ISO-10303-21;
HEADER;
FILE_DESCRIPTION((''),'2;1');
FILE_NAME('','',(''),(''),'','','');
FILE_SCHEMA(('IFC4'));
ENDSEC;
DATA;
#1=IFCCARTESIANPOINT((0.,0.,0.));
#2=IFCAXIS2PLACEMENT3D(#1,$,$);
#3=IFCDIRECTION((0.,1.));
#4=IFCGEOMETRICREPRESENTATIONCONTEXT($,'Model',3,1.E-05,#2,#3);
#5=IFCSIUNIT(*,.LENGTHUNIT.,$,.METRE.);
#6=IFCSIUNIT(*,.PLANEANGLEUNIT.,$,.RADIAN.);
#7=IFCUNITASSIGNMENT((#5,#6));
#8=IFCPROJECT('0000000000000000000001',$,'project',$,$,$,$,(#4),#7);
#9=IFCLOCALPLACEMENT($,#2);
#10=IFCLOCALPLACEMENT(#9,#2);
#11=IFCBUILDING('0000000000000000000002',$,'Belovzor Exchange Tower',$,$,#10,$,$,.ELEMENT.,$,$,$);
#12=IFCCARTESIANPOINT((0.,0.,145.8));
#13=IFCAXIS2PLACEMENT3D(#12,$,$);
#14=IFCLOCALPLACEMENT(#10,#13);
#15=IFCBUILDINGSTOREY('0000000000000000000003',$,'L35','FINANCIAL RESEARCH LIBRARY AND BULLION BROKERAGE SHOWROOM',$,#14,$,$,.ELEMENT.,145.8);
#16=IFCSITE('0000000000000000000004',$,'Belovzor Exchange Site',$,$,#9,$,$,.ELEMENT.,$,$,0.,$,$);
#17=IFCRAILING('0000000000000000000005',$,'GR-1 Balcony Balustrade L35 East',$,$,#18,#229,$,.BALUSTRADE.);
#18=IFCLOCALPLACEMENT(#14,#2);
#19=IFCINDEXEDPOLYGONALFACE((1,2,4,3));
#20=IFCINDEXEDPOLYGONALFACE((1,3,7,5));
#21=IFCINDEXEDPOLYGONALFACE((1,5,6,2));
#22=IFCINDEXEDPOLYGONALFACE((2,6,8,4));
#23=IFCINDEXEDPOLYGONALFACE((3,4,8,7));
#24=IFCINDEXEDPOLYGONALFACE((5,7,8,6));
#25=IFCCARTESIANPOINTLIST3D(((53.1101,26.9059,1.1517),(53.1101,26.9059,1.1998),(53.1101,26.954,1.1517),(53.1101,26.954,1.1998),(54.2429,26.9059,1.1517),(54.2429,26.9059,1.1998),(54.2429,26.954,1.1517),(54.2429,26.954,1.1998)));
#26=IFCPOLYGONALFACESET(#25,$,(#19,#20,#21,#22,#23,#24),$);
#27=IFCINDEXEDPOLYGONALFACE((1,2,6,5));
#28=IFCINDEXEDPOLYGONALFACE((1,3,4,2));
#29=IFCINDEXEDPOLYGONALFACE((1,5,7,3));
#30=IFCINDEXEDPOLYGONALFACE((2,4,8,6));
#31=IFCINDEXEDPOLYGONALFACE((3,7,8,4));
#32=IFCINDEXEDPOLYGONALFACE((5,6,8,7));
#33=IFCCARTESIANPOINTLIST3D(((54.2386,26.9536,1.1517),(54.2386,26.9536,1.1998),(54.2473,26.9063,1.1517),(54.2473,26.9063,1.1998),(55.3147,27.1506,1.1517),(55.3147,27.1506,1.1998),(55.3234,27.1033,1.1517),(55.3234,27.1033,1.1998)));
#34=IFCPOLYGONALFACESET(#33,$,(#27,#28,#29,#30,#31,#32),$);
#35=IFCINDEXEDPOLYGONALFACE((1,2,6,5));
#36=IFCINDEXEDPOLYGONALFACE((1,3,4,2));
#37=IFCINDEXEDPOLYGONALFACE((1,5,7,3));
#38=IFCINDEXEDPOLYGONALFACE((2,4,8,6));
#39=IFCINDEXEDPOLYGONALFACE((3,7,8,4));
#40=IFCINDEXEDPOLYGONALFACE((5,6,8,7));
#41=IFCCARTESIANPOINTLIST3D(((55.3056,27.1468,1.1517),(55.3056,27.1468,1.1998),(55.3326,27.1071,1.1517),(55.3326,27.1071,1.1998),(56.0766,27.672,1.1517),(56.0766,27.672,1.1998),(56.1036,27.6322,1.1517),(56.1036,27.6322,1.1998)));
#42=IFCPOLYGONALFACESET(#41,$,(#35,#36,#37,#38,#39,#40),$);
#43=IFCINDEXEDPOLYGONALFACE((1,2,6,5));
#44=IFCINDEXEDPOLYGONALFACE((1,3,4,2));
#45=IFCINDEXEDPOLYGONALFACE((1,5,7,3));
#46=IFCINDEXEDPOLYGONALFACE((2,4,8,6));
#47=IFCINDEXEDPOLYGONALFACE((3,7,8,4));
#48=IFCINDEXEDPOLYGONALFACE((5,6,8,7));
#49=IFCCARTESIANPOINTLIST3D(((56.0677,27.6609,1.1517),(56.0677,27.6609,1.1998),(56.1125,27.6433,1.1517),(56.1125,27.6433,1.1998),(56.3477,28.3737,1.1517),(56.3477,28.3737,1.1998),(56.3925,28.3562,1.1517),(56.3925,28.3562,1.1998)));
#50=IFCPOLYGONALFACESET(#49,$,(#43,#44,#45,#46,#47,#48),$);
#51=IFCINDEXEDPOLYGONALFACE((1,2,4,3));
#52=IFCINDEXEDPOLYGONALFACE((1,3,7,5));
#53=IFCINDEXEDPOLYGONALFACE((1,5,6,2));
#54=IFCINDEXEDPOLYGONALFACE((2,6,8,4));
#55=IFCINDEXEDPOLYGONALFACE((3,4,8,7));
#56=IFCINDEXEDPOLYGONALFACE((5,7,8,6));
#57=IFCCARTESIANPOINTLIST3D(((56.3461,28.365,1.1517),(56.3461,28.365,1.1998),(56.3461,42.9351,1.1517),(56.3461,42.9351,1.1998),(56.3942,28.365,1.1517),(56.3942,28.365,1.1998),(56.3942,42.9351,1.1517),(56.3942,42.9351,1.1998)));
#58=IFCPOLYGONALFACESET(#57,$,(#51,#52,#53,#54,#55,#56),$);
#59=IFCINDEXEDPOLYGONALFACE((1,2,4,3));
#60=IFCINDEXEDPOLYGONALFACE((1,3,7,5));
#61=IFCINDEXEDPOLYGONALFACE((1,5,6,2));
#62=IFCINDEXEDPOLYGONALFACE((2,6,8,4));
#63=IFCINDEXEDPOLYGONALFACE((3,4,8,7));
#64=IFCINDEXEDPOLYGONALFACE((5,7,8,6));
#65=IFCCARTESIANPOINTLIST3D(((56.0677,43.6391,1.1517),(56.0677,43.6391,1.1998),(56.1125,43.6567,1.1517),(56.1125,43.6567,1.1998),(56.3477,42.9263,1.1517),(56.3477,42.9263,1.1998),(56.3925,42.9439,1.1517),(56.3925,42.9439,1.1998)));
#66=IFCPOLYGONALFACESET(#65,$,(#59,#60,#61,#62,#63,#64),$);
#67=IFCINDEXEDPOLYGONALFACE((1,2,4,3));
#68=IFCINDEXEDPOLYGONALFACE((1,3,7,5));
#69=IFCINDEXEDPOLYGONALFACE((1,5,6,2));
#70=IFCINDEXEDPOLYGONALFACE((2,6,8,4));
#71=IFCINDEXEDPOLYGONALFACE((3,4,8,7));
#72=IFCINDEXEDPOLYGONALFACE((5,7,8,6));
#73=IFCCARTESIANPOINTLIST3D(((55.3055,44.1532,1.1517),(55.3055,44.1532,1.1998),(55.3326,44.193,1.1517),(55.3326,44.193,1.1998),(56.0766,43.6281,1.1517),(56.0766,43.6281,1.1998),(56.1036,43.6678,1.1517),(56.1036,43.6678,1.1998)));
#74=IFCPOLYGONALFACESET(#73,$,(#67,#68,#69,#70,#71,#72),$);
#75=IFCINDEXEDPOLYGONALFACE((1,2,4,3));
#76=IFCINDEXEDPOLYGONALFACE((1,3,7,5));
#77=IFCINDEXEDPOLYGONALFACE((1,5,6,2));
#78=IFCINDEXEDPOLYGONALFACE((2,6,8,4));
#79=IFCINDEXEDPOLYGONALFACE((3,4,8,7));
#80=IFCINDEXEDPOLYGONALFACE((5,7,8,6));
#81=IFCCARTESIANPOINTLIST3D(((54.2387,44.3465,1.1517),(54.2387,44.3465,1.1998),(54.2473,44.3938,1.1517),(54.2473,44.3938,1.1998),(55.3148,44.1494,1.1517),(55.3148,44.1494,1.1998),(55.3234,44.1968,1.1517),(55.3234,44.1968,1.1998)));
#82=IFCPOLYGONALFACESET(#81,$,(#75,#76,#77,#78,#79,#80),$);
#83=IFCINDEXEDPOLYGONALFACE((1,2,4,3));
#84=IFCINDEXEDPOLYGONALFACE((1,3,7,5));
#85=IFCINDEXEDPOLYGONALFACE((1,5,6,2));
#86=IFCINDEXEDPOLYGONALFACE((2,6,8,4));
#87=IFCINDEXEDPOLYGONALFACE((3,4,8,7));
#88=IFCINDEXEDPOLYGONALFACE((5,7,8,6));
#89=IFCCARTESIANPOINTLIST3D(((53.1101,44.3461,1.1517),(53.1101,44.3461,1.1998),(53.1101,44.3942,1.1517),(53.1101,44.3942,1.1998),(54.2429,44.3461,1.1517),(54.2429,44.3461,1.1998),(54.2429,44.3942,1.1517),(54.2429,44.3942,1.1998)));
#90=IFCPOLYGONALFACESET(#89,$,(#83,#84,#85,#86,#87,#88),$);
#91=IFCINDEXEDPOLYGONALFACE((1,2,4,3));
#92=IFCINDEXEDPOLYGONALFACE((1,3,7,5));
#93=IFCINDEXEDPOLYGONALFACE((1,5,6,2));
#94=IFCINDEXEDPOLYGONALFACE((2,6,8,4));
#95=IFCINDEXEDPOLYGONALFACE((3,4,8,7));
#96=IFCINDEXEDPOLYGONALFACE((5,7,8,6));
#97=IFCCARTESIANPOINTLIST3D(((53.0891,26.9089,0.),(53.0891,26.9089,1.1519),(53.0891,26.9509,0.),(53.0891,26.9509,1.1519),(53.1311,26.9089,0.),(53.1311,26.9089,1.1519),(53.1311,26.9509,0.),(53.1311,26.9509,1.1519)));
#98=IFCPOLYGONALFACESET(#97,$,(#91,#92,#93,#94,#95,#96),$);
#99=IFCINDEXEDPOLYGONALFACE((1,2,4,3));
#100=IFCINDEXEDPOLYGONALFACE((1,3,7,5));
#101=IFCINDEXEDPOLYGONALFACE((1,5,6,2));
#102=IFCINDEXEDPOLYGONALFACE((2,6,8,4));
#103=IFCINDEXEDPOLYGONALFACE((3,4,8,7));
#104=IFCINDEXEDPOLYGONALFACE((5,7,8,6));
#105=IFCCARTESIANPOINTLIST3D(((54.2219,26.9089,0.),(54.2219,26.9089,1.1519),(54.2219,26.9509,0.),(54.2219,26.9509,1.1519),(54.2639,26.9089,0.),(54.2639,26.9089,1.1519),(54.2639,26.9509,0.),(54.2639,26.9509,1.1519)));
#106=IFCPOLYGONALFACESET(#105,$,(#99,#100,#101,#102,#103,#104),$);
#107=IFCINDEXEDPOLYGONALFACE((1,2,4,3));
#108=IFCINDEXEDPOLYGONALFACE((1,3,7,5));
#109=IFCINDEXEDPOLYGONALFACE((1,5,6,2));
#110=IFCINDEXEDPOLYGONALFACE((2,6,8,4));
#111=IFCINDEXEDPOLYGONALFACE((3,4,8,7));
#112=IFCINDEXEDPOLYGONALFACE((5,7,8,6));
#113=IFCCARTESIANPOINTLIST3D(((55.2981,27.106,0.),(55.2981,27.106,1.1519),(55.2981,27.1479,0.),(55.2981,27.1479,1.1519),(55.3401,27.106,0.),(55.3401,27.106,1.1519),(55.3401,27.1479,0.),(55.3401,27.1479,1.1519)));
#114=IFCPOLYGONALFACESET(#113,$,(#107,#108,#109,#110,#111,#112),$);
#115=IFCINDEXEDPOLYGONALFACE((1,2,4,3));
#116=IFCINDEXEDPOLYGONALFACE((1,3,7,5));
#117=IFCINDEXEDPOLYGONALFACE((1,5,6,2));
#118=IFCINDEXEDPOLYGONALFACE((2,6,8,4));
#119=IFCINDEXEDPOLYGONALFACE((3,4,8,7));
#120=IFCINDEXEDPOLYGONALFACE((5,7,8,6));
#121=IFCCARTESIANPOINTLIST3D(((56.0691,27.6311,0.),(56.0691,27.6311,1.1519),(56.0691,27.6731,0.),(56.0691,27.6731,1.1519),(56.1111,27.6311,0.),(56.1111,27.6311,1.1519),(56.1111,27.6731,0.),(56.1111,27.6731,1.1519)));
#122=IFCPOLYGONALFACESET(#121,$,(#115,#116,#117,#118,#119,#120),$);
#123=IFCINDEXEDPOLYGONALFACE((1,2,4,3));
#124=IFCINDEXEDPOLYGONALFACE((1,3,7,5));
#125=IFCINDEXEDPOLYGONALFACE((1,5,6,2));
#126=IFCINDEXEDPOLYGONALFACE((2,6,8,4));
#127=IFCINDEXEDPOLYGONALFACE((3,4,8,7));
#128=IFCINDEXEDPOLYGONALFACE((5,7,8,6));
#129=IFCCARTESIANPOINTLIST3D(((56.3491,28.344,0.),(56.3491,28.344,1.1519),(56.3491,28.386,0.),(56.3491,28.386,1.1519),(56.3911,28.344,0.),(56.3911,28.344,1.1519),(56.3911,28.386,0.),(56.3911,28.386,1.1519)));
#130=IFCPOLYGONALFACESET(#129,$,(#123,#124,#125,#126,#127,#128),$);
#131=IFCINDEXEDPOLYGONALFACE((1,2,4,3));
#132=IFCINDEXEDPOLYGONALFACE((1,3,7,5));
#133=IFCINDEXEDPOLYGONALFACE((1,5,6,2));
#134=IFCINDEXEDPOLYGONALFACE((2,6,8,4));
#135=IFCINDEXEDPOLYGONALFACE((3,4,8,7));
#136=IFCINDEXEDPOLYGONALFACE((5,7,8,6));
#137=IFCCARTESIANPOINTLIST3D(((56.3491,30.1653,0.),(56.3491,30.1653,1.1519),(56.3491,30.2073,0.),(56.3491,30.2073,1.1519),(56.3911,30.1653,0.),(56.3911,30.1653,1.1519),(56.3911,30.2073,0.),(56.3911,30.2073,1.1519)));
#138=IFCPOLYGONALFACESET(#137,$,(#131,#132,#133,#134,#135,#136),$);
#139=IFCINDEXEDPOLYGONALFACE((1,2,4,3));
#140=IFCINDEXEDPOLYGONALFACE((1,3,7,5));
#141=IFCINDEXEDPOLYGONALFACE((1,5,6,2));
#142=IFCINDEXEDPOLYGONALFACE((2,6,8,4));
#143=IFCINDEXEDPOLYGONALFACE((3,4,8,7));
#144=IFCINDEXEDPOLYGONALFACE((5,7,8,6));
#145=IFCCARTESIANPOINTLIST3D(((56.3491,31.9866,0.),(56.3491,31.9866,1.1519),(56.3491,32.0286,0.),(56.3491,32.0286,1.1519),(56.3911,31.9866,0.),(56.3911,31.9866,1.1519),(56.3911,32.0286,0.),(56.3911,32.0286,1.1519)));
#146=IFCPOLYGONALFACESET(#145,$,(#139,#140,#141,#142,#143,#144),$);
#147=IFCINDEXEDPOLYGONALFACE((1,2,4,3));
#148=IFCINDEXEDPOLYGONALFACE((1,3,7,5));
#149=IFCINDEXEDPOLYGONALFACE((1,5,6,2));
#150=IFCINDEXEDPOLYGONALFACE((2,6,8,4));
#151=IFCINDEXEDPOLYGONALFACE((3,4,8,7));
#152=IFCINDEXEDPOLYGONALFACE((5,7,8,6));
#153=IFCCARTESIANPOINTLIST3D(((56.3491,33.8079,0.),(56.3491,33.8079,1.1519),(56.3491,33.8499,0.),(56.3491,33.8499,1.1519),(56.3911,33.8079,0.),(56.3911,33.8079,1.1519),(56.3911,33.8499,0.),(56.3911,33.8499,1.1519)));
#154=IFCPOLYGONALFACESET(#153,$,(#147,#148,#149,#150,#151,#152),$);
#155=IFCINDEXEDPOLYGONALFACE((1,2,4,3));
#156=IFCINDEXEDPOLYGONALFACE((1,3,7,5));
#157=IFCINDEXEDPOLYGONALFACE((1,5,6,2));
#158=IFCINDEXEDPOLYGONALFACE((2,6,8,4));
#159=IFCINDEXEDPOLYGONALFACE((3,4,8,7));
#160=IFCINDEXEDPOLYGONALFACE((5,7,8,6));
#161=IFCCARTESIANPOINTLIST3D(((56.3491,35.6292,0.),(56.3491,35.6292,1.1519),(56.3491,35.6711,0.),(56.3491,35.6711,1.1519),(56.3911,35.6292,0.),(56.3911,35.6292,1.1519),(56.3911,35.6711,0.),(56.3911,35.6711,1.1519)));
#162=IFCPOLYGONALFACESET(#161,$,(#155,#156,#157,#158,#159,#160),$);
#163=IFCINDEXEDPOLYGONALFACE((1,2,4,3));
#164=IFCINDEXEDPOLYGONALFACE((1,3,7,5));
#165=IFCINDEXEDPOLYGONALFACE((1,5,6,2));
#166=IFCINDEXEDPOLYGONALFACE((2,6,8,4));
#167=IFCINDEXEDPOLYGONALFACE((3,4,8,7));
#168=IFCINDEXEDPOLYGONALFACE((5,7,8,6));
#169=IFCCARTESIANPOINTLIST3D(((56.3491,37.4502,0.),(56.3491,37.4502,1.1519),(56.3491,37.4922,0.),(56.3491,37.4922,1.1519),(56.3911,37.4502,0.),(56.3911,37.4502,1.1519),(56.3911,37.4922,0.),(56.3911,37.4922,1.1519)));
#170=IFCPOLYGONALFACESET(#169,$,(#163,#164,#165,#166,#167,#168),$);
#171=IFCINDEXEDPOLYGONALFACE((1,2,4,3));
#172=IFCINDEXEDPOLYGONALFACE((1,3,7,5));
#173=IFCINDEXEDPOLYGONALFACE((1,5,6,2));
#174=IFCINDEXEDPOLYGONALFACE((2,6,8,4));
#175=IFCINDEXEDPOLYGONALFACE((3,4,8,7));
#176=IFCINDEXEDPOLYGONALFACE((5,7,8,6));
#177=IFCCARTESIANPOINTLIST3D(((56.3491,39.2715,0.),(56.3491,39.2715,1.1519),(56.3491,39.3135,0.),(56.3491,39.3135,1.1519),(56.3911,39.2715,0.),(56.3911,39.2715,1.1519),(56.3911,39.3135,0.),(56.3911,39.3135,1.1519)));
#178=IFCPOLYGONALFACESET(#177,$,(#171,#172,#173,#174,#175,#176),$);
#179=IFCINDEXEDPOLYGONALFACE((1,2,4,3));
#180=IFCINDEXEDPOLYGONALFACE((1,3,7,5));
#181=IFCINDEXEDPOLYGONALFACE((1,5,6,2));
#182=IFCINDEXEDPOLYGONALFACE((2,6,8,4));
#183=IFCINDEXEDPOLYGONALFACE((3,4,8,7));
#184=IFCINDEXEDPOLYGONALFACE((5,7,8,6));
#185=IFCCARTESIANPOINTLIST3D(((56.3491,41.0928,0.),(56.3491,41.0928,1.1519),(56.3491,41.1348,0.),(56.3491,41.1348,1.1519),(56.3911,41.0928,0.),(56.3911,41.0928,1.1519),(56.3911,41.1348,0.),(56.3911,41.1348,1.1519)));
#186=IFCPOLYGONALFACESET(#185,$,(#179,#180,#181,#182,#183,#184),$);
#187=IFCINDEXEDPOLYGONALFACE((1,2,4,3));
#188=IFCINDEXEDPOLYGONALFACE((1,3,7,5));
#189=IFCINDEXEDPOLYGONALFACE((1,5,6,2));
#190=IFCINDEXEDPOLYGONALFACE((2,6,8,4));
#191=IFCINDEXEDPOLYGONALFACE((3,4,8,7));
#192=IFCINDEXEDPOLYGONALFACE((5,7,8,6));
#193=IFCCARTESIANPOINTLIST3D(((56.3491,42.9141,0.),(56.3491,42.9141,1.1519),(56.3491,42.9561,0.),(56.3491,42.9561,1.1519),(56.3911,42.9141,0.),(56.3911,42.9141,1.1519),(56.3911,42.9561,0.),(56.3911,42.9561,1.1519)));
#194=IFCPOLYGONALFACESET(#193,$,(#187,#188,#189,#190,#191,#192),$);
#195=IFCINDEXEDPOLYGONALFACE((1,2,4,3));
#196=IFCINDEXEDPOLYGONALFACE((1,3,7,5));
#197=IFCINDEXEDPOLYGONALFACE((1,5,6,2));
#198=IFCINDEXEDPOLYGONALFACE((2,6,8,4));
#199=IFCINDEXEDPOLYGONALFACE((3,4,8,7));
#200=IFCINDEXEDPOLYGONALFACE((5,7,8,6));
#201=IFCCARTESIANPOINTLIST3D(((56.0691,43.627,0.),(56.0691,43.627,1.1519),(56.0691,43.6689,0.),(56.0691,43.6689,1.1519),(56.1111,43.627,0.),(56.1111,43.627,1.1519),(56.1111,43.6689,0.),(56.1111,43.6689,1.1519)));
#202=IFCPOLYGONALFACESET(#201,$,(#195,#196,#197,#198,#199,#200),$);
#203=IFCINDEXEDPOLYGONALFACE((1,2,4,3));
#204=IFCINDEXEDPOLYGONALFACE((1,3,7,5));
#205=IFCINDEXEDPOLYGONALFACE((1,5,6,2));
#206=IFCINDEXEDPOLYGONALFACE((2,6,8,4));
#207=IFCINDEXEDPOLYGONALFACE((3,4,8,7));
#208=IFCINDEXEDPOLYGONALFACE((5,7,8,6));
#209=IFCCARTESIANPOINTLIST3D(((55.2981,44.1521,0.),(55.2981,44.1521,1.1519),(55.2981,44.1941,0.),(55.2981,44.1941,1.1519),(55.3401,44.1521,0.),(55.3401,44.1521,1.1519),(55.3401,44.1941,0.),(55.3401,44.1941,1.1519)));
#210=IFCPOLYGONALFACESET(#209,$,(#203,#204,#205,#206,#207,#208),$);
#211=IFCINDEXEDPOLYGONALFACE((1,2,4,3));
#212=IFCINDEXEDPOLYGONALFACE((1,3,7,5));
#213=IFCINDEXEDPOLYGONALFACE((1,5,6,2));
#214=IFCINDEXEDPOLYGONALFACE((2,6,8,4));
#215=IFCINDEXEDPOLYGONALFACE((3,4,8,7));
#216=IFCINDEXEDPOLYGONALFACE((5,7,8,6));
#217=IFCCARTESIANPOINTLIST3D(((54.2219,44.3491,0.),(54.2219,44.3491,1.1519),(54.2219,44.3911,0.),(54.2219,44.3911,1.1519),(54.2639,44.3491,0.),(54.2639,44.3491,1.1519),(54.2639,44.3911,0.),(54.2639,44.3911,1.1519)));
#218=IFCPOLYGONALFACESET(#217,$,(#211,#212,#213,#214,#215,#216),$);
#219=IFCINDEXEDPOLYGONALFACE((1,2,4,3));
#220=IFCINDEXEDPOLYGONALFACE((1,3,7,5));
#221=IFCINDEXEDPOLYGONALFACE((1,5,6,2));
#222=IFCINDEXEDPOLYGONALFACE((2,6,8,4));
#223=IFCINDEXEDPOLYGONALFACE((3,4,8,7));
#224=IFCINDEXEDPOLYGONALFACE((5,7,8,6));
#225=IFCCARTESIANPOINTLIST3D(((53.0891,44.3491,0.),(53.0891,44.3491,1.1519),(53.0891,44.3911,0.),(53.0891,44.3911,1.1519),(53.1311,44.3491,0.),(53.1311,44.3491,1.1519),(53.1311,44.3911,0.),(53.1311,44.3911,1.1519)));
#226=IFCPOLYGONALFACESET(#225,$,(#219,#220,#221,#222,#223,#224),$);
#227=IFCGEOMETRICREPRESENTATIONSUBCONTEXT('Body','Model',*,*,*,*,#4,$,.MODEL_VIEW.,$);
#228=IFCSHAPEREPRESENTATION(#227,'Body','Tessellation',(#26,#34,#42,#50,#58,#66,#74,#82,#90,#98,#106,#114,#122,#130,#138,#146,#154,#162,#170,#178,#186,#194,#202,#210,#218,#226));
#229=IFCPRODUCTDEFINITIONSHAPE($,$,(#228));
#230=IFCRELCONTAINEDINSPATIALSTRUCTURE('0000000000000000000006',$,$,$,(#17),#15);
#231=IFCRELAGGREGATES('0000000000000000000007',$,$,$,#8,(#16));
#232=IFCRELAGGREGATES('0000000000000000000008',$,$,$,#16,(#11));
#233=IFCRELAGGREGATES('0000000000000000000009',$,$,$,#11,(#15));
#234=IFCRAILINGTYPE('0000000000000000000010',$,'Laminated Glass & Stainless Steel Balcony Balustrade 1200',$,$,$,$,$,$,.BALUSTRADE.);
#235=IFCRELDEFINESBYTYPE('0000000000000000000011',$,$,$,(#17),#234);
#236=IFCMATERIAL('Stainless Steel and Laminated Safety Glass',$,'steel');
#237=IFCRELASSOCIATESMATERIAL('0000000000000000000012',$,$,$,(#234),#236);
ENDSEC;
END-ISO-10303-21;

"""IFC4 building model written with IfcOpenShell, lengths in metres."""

from ifc_helpers import new_model, si_unit, direction, frame, origin, origin_2d, place, context, subcontext, project, spatial, rectangle, extrude, material, type_object, element, save


model = new_model("IFC4")

# Units and contexts
model_context = context("Model", 3, precision=1e-05, world=origin(), true_north=direction((0.0, 1.0)))
body_context = subcontext(model_context, "Body", "Model", "MODEL_VIEW")
ifc_project = project(units=[si_unit("LENGTHUNIT", "METRE"), si_unit("PLANEANGLEUNIT", "RADIAN")], contexts=[model_context])

# Site, building, storey
site_placement = place(None, origin())
site = spatial("IfcSite", under=ifc_project, at=site_placement, Name="Belovzor Exchange Site", CompositionType="ELEMENT", RefElevation=0.0)
building_placement = place(site_placement, origin())
building = spatial("IfcBuilding", under=site, at=building_placement, Name="Belovzor Exchange Tower", CompositionType="ELEMENT")
storey_placement = place(building_placement, frame((0.0, 0.0, 145.8)))
storey = spatial("IfcBuildingStorey", under=building, at=storey_placement, Name="L35", Description="FINANCIAL RESEARCH LIBRARY AND BULLION BROKERAGE SHOWROOM", CompositionType="ELEMENT", Elevation=145.8)

# Railing
ifc_material_1 = material(Name="Stainless Steel and Laminated Safety Glass", Category="steel")
railing_type = type_object("IfcRailingType", Name="Laminated Glass & Stainless Steel Balcony Balustrade 1200", PredefinedType="BALUSTRADE", material=ifc_material_1)
railing_placement = place(storey_placement, frame((53.1101, 26.9299, 0.0)))
element("IfcRailing", 1, at=railing_placement, inside=storey, type_object=railing_type, Name="GR-1 Balcony Balustrade L35 East", PredefinedType="BALUSTRADE", context=body_context, shape_type="SweptSolid", body=[
    extrude(rectangle(XDim=0.0481, YDim=0.0481, at=origin_2d()), frame((0.0, 0.0, 1.1758), z_axis=(1.0, 0.0, 0.0), x_axis=(0.0, 1.0, 0.0)), (0.0, 0.0, 1.0), 1.1328),
    extrude(rectangle(XDim=0.0481, YDim=0.0481, at=origin_2d()), frame((1.1328, 0.0, 1.1758), z_axis=(0.983651, 0.180083, 0.0), x_axis=(-0.180083, 0.983651, 0.0)), (0.0, 0.0, 1.0), 1.094),
    extrude(rectangle(XDim=0.0481, YDim=0.0481, at=origin_2d()), frame((2.209, 0.197, 1.1758), z_axis=(0.826493, 0.562947, 0.0), x_axis=(-0.562947, 0.826493, 0.0)), (0.0, 0.0, 1.0), 0.9329),
    extrude(rectangle(XDim=0.0481, YDim=0.0481, at=origin_2d()), frame((2.98, 0.7222, 1.1758), z_axis=(0.365613, 0.930767, 0.0), x_axis=(-0.930767, 0.365613, 0.0)), (0.0, 0.0, 1.0), 0.7659),
    extrude(rectangle(XDim=0.0481, YDim=0.0481, at=origin_2d()), frame((3.26, 1.4351, 1.1758), z_axis=(0.0, 1.0, 0.0), x_axis=(-1.0, 0.0, 0.0)), (0.0, 0.0, 1.0), 14.5701),
    extrude(rectangle(XDim=0.0481, YDim=0.0481, at=origin_2d()), frame((3.26, 16.0051, 1.1758), z_axis=(-0.365613, 0.930767, 0.0), x_axis=(-0.930767, -0.365613, 0.0)), (0.0, 0.0, 1.0), 0.7659),
    extrude(rectangle(XDim=0.0481, YDim=0.0481, at=origin_2d()), frame((2.98, 16.718, 1.1758), z_axis=(-0.826493, 0.562947, 0.0), x_axis=(-0.562947, -0.826493, 0.0)), (0.0, 0.0, 1.0), 0.9329),
    extrude(rectangle(XDim=0.0481, YDim=0.0481, at=origin_2d()), frame((2.209, 17.2432, 1.1758), z_axis=(-0.983651, 0.180083, 0.0), x_axis=(-0.180083, -0.983651, 0.0)), (0.0, 0.0, 1.0), 1.094),
    extrude(rectangle(XDim=0.0481, YDim=0.0481, at=origin_2d()), frame((1.1328, 17.4402, 1.1758), z_axis=(-1.0, 0.0, 0.0), x_axis=(0.0, -1.0, 0.0)), (0.0, 0.0, 1.0), 1.1328),
    extrude(rectangle(XDim=0.042, YDim=0.042, at=origin_2d()), origin(), (0.0, 0.0, 1.0), 1.1519),
    extrude(rectangle(XDim=0.042, YDim=0.042, at=origin_2d()), frame((1.1328, 0.0, 0.0)), (0.0, 0.0, 1.0), 1.1519),
    extrude(rectangle(XDim=0.042, YDim=0.042, at=origin_2d()), frame((2.209, 0.197, 0.0)), (0.0, 0.0, 1.0), 1.1519),
    extrude(rectangle(XDim=0.042, YDim=0.042, at=origin_2d()), frame((2.98, 0.7222, 0.0)), (0.0, 0.0, 1.0), 1.1519),
    extrude(rectangle(XDim=0.042, YDim=0.042, at=origin_2d()), frame((3.26, 1.4351, 0.0)), (0.0, 0.0, 1.0), 1.1519),
    extrude(rectangle(XDim=0.042, YDim=0.042, at=origin_2d()), frame((3.26, 3.2563, 0.0)), (0.0, 0.0, 1.0), 1.1519),
    extrude(rectangle(XDim=0.042, YDim=0.042, at=origin_2d()), frame((3.26, 5.0776, 0.0)), (0.0, 0.0, 1.0), 1.1519),
    extrude(rectangle(XDim=0.042, YDim=0.042, at=origin_2d()), frame((3.26, 6.8989, 0.0)), (0.0, 0.0, 1.0), 1.1519),
    extrude(rectangle(XDim=0.042, YDim=0.042, at=origin_2d()), frame((3.26, 8.7202, 0.0)), (0.0, 0.0, 1.0), 1.1519),
    extrude(rectangle(XDim=0.042, YDim=0.042, at=origin_2d()), frame((3.26, 10.5413, 0.0)), (0.0, 0.0, 1.0), 1.1519),
    extrude(rectangle(XDim=0.042, YDim=0.042, at=origin_2d()), frame((3.26, 12.3625, 0.0)), (0.0, 0.0, 1.0), 1.1519),
    extrude(rectangle(XDim=0.042, YDim=0.042, at=origin_2d()), frame((3.26, 14.1838, 0.0)), (0.0, 0.0, 1.0), 1.1519),
    extrude(rectangle(XDim=0.042, YDim=0.042, at=origin_2d()), frame((3.26, 16.0051, 0.0)), (0.0, 0.0, 1.0), 1.1519),
    extrude(rectangle(XDim=0.042, YDim=0.042, at=origin_2d()), frame((2.98, 16.718, 0.0)), (0.0, 0.0, 1.0), 1.1519),
    extrude(rectangle(XDim=0.042, YDim=0.042, at=origin_2d()), frame((2.209, 17.2432, 0.0)), (0.0, 0.0, 1.0), 1.1519),
    extrude(rectangle(XDim=0.042, YDim=0.042, at=origin_2d()), frame((1.1328, 17.4402, 0.0)), (0.0, 0.0, 1.0), 1.1519),
    extrude(rectangle(XDim=0.042, YDim=0.042, at=origin_2d()), frame((0.0, 17.4402, 0.0)), (0.0, 0.0, 1.0), 1.1519),
])

save(model, "model.ifc")
